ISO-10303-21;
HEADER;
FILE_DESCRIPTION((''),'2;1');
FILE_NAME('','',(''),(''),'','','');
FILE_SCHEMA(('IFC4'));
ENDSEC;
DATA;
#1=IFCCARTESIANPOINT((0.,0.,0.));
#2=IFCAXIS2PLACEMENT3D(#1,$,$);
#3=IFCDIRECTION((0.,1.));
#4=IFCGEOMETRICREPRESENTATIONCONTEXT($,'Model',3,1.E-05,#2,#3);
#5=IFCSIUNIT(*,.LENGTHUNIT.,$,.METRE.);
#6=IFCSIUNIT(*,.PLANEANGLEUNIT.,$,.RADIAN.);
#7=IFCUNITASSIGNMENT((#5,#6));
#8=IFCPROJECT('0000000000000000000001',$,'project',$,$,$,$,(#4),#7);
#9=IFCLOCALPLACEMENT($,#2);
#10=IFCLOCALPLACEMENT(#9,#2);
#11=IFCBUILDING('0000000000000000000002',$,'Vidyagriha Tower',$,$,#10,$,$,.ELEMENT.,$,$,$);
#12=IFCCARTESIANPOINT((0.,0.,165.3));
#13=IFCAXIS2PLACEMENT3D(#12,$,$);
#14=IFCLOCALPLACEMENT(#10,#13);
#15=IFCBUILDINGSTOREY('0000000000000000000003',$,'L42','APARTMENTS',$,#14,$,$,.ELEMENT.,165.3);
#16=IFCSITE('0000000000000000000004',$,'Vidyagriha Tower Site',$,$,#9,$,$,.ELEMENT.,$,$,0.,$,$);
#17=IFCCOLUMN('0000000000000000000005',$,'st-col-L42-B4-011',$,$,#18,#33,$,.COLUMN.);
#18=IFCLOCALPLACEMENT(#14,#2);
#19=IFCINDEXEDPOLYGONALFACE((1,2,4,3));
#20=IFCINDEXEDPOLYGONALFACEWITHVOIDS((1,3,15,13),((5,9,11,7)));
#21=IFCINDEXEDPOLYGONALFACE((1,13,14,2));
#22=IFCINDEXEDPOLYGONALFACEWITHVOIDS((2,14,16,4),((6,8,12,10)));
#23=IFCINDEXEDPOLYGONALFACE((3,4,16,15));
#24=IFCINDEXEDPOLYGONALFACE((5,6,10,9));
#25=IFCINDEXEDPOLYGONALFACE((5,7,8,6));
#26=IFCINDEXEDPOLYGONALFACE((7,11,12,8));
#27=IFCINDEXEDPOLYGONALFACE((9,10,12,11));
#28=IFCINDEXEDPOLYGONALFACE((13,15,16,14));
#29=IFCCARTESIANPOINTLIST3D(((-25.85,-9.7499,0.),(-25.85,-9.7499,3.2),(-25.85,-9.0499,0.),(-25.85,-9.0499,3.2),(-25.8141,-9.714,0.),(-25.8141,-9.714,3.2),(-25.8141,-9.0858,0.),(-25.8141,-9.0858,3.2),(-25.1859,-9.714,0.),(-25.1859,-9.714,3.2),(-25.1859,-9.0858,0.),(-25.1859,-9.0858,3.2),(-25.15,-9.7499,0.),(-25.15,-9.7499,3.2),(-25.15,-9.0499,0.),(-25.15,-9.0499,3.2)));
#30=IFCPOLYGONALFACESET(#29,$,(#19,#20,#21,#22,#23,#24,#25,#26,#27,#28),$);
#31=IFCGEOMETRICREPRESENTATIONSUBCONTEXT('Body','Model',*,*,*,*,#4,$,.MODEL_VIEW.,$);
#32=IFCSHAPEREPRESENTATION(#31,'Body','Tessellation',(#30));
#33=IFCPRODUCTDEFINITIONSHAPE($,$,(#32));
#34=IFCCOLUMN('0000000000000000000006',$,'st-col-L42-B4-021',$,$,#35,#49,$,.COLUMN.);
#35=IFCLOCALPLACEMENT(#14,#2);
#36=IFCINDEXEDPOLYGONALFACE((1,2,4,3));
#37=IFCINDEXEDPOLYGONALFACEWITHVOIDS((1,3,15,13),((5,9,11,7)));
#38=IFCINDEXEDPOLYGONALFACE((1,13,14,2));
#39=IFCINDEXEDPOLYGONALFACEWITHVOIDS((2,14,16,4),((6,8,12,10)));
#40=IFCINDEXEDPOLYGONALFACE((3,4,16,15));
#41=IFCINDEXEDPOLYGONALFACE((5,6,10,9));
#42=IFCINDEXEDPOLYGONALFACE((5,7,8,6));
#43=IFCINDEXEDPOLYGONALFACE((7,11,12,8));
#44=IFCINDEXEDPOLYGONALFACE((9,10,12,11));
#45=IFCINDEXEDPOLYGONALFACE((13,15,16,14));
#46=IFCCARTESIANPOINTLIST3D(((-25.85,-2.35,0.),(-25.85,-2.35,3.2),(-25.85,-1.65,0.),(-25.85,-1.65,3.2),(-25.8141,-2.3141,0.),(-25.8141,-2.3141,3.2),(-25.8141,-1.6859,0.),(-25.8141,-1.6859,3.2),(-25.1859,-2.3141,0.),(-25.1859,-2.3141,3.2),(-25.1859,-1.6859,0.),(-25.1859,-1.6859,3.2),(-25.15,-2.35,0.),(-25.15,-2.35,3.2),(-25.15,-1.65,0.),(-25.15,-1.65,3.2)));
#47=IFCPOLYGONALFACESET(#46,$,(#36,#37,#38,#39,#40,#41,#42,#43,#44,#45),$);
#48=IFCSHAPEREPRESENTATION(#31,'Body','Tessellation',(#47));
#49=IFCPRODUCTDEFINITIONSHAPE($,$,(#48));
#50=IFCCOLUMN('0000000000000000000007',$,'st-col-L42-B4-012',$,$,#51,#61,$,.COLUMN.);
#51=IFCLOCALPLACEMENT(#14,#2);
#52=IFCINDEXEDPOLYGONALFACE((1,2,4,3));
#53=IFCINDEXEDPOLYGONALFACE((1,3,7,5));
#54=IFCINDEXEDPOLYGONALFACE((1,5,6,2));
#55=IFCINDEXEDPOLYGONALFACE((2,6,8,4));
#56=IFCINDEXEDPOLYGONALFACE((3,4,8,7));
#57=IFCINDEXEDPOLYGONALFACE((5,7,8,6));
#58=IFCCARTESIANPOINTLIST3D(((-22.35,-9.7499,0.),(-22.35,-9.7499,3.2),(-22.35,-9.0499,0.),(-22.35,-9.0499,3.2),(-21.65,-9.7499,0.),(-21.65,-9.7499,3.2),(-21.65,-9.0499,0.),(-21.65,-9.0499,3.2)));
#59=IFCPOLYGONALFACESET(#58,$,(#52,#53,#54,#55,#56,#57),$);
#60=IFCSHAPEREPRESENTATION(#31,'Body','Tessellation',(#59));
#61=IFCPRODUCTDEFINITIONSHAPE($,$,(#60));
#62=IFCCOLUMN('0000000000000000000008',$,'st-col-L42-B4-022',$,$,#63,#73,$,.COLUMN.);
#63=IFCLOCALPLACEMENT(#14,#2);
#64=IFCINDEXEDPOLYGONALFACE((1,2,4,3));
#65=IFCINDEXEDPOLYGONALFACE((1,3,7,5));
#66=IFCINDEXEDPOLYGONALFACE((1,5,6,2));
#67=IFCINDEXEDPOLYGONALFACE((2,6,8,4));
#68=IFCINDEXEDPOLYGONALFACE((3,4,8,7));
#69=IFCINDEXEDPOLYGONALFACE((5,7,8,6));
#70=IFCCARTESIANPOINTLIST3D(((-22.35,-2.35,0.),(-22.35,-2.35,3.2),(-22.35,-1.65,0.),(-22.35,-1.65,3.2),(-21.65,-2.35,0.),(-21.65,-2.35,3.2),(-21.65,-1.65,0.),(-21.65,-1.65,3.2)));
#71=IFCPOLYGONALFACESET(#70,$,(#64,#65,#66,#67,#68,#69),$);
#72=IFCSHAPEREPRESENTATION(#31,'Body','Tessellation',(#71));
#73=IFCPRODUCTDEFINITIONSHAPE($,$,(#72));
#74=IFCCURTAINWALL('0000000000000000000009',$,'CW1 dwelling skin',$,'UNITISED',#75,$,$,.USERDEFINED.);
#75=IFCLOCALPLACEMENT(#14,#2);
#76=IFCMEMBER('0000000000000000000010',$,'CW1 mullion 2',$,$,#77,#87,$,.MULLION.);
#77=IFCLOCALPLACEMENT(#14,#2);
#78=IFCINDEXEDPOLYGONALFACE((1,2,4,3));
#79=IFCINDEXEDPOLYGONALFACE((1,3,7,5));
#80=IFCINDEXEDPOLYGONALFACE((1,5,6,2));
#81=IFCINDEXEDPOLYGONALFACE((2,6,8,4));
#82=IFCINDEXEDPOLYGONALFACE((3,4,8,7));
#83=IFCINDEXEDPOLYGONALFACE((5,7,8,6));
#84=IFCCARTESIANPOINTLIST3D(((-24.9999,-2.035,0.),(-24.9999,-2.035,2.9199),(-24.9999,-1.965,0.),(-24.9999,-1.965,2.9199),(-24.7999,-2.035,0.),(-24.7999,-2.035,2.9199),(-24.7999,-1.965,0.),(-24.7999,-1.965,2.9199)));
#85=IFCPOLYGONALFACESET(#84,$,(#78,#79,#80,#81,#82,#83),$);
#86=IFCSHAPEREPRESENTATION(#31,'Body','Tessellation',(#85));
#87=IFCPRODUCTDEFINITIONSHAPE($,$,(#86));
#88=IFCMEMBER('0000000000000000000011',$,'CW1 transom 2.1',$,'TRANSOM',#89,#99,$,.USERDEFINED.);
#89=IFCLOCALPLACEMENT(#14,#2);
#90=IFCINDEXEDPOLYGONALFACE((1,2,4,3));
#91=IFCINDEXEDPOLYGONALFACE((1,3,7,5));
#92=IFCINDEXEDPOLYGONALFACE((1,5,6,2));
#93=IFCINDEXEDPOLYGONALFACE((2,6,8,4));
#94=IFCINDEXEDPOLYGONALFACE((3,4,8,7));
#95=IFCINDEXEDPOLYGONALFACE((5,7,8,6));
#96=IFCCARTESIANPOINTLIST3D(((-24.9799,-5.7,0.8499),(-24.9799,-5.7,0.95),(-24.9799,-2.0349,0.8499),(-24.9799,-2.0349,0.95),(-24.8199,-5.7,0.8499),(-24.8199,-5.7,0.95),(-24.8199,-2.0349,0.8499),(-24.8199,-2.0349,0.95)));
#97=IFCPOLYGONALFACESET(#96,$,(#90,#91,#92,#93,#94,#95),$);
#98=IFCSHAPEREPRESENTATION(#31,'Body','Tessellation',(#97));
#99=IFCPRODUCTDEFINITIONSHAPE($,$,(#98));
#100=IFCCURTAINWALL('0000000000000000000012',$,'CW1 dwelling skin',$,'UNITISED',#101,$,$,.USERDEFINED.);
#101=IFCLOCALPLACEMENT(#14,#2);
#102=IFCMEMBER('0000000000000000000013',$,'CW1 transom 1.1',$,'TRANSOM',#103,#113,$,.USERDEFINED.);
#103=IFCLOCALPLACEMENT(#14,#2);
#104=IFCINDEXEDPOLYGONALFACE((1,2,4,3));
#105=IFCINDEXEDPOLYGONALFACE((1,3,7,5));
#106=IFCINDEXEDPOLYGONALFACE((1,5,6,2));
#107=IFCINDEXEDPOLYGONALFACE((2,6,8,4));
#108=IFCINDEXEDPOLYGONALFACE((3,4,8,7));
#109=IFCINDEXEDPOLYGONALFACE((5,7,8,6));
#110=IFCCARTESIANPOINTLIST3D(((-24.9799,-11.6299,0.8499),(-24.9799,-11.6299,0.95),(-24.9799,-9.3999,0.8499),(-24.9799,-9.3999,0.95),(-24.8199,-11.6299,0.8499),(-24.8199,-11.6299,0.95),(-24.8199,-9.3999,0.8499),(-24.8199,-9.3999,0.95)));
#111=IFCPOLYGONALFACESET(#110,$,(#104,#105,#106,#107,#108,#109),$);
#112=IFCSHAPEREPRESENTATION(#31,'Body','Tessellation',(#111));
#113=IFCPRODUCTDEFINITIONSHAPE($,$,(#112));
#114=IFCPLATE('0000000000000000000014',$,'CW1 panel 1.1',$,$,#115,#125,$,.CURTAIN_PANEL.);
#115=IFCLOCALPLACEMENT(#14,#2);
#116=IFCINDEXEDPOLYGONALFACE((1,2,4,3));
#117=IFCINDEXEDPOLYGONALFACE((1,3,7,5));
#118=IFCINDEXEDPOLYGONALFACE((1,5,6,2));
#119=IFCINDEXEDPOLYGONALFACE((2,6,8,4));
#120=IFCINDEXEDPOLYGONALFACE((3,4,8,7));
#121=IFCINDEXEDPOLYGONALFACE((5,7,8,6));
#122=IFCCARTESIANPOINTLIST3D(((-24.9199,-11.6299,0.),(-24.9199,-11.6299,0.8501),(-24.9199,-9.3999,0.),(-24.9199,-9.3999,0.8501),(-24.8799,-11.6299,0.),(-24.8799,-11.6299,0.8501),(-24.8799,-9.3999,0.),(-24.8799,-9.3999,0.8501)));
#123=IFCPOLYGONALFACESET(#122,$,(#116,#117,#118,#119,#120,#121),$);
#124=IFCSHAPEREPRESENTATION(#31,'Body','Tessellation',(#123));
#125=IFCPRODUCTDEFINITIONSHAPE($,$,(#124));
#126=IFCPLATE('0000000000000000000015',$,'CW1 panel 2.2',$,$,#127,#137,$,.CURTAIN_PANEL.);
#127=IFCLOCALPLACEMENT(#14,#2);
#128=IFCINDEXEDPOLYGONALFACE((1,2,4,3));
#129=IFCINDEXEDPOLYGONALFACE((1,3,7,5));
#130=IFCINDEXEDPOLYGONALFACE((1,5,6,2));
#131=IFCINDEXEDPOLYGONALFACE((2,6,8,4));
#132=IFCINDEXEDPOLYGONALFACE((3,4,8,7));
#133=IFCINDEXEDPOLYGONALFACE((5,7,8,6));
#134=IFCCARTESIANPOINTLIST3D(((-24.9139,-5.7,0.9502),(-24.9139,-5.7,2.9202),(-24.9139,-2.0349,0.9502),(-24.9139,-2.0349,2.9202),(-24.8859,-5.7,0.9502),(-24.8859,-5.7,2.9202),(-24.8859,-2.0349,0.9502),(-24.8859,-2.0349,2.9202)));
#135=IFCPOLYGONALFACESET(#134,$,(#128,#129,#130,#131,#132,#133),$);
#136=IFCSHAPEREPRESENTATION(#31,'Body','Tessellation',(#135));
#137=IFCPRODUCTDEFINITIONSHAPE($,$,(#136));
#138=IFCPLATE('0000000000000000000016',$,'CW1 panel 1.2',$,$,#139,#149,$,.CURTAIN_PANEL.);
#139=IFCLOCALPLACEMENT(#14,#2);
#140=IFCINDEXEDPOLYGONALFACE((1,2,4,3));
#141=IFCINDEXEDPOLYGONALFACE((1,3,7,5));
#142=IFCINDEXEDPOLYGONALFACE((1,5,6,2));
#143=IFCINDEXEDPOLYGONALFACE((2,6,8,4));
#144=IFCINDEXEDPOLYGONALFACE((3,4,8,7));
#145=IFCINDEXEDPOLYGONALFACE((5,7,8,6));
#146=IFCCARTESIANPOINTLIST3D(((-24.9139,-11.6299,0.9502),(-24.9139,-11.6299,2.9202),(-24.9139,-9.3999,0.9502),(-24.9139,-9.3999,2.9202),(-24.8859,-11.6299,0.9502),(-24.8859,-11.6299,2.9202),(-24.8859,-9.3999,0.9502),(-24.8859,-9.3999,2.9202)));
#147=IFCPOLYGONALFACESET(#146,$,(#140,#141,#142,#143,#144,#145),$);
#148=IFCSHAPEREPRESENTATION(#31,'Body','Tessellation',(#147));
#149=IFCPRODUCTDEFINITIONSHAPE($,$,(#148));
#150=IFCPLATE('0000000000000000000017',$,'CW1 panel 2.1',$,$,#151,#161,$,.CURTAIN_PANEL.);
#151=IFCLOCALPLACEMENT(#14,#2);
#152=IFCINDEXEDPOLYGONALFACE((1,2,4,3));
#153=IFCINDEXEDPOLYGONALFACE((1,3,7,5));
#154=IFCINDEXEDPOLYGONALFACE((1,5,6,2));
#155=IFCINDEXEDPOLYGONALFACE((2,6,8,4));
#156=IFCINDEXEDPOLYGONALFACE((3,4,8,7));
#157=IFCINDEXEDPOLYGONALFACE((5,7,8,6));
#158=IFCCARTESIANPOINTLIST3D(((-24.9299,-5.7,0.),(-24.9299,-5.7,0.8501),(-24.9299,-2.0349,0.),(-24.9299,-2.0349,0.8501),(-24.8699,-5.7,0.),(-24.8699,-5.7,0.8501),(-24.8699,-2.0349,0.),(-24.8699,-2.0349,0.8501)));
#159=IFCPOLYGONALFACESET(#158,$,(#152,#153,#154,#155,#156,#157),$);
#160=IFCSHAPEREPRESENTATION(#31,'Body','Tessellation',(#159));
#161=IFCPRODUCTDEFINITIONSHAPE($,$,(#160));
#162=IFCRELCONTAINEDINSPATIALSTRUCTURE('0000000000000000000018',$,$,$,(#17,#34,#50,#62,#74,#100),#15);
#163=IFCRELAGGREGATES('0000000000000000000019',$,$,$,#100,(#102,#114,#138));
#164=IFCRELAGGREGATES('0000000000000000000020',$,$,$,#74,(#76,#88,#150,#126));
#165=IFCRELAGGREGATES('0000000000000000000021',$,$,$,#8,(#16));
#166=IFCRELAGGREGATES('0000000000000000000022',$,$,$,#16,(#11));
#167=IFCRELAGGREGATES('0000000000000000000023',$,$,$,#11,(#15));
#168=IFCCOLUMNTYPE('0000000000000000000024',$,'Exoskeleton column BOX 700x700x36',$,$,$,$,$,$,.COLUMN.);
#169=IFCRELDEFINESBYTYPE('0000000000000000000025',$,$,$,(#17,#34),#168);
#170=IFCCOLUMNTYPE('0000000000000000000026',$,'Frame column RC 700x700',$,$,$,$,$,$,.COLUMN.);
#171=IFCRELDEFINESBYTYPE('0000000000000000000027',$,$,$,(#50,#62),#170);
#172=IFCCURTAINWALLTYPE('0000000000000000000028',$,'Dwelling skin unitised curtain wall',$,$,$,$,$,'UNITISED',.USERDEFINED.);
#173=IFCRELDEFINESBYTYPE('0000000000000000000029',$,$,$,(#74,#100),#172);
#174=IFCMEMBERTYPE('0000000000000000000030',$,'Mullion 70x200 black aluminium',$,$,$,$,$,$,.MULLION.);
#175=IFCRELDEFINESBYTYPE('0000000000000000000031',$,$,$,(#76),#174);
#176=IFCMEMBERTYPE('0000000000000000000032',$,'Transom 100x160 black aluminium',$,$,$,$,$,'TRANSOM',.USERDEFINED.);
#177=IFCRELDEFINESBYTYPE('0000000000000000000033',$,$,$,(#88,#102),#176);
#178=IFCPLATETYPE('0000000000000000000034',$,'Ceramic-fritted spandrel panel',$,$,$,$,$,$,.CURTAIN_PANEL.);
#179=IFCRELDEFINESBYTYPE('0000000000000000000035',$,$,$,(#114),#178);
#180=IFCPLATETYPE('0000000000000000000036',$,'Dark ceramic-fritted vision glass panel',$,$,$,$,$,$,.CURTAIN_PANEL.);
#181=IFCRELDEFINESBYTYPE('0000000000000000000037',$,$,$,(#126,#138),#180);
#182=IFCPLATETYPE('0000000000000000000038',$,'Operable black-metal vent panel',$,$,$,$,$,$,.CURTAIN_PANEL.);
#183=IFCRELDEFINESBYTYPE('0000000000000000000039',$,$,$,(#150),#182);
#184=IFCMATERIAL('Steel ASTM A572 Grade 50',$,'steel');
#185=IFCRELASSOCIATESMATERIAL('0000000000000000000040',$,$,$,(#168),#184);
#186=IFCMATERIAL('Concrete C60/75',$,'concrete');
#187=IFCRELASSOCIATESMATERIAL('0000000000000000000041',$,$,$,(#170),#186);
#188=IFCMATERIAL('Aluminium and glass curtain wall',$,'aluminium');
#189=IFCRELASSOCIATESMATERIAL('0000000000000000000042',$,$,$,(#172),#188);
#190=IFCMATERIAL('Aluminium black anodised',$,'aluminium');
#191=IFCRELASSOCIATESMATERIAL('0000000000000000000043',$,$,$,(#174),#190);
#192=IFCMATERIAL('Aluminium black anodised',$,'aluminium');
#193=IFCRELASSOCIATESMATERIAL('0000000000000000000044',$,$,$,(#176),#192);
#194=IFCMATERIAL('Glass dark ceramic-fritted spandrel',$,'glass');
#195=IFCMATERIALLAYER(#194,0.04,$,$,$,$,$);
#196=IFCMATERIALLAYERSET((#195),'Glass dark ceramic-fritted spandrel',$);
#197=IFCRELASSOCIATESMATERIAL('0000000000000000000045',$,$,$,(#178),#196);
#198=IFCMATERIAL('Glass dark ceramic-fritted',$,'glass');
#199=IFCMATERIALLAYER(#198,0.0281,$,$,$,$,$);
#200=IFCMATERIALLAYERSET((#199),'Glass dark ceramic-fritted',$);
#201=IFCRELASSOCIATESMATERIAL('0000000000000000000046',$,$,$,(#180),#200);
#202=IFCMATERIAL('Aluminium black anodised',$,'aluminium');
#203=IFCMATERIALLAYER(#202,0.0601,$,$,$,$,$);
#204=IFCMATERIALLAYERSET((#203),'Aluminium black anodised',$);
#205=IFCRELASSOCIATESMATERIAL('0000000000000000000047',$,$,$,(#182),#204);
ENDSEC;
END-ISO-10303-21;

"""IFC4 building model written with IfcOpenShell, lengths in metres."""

from ifc_helpers import new_model, si_unit, direction, frame, origin, origin_2d, place, context, subcontext, project, spatial, rectangle, hollow_rectangle, extrude, material, layer, layer_set, material_profile, profile_set, type_object, element, aggregate, save


model = new_model("IFC4")

# Units and contexts
model_context = context("Model", 3, precision=1e-05, world=origin(), true_north=direction((0.0, 1.0)))
body_context = subcontext(model_context, "Body", "Model", "MODEL_VIEW")
ifc_project = project(units=[si_unit("LENGTHUNIT", "METRE"), si_unit("PLANEANGLEUNIT", "RADIAN")], contexts=[model_context])

# Site, building, storey
site_placement = place(None, origin())
site = spatial("IfcSite", under=ifc_project, at=site_placement, Name="Vidyagriha Tower Site", CompositionType="ELEMENT", RefElevation=0.0)
building_placement = place(site_placement, origin())
building = spatial("IfcBuilding", under=site, at=building_placement, Name="Vidyagriha Tower", CompositionType="ELEMENT")
storey_placement = place(building_placement, frame((0.0, 0.0, 165.3)))
storey = spatial("IfcBuildingStorey", under=building, at=storey_placement, Name="L42", Description="APARTMENTS", CompositionType="ELEMENT", Elevation=165.3)

# Columns
ifc_material_1 = material(Name="Steel ASTM A572 Grade 50", Category="steel")
ifc_material_profile_1 = material_profile(ifc_material_1, hollow_rectangle(XDim=0.7, YDim=0.7, WallThickness=0.0359, at=origin_2d()), Name="BOX 700x700x36")
ifc_profile_set_1 = profile_set([ifc_material_profile_1], Name="Steel ASTM A572 Grade 50")
column_type_1 = type_object("IfcColumnType", Name="Exoskeleton column BOX 700x700x36", PredefinedType="COLUMN", material=ifc_profile_set_1)
for number, where, name in (
    (1, (-25.5, -9.3999, 0.0), "st-col-L42-B4-011"),
    (2, (-25.5, -2.0, 0.0), "st-col-L42-B4-021"),
):
    element("IfcColumn", number, at=place(storey_placement, frame(where)), inside=storey, type_object=column_type_1, Name=name, PredefinedType="COLUMN", context=body_context, shape_type="SweptSolid", body=[
        extrude(hollow_rectangle(XDim=0.7, YDim=0.7, WallThickness=0.0359, at=origin_2d()), origin(), (0.0, 0.0, 1.0), 3.2),
    ])
ifc_material_2 = material(Name="Concrete C60/75", Category="concrete")
ifc_material_profile_2 = material_profile(ifc_material_2, rectangle(XDim=0.7, YDim=0.7, at=origin_2d()), Name="RC 700x700")
ifc_profile_set_2 = profile_set([ifc_material_profile_2], Name="Concrete C60/75")
column_type_2 = type_object("IfcColumnType", Name="Frame column RC 700x700", PredefinedType="COLUMN", material=ifc_profile_set_2)
for number, where, name in (
    (3, (-22.0, -9.3999, 0.0), "st-col-L42-B4-012"),
    (4, (-22.0, -2.0, 0.0), "st-col-L42-B4-022"),
):
    element("IfcColumn", number, at=place(storey_placement, frame(where)), inside=storey, type_object=column_type_2, Name=name, PredefinedType="COLUMN", context=body_context, shape_type="SweptSolid", body=[
        extrude(rectangle(XDim=0.7, YDim=0.7, at=origin_2d()), origin(), (0.0, 0.0, 1.0), 3.2),
    ])

# Curtain wall, members
ifc_material_3 = material(Name="Aluminium and glass curtain wall", Category="aluminium")
curtain_wall_type = type_object("IfcCurtainWallType", Name="Dwelling skin unitised curtain wall", ElementType="UNITISED", PredefinedType="USERDEFINED", material=ifc_material_3)
curtain_wall_1_placement = place(storey_placement, origin())
curtain_wall_1 = element("IfcCurtainWall", 5, at=curtain_wall_1_placement, inside=storey, type_object=curtain_wall_type, Name="CW1 dwelling skin", ObjectType="UNITISED", PredefinedType="USERDEFINED")
ifc_material_4 = material(Name="Aluminium black anodised", Category="aluminium")
ifc_material_profile_3 = material_profile(ifc_material_4, rectangle(XDim=0.2, YDim=0.0701, at=origin_2d()), Name="Mullion 70x200 black aluminium")
ifc_profile_set_3 = profile_set([ifc_material_profile_3], Name="Aluminium black anodised")
member_type_1 = type_object("IfcMemberType", Name="Mullion 70x200 black aluminium", PredefinedType="MULLION", material=ifc_profile_set_3)
member_1_placement = place(storey_placement, frame((-24.8999, -2.0, 0.0)))
member_1 = element("IfcMember", 6, at=member_1_placement, type_object=member_type_1, Name="CW1 mullion 2", PredefinedType="MULLION", context=body_context, shape_type="SweptSolid", body=[
    extrude(rectangle(XDim=0.2, YDim=0.0701, at=origin_2d()), origin(), (0.0, 0.0, 1.0), 2.9199),
])
ifc_material_5 = material(Name="Aluminium black anodised", Category="aluminium")
ifc_material_profile_4 = material_profile(ifc_material_5, rectangle(XDim=0.1599, YDim=0.1001, at=origin_2d()), Name="Transom 100x160 black aluminium")
ifc_profile_set_4 = profile_set([ifc_material_profile_4], Name="Aluminium black anodised")
member_type_2 = type_object("IfcMemberType", Name="Transom 100x160 black aluminium", ElementType="TRANSOM", PredefinedType="USERDEFINED", material=ifc_profile_set_4)
member_2_placement = place(storey_placement, frame((-24.8999, -2.0349, 0.8999), z_axis=(0.0, -1.0, 0.0), x_axis=(1.0, 0.0, 0.0)))
member_2 = element("IfcMember", 7, at=member_2_placement, type_object=member_type_2, Name="CW1 transom 2.1", ObjectType="TRANSOM", PredefinedType="USERDEFINED", context=body_context, shape_type="SweptSolid", body=[
    extrude(rectangle(XDim=0.1599, YDim=0.1001, at=origin_2d()), origin(), (0.0, 0.0, 1.0), 3.665),
])

# Curtain wall, member, plate
curtain_wall_2_placement = place(storey_placement, origin())
curtain_wall_2 = element("IfcCurtainWall", 8, at=curtain_wall_2_placement, inside=storey, type_object=curtain_wall_type, Name="CW1 dwelling skin", ObjectType="UNITISED", PredefinedType="USERDEFINED")
member_3_placement = place(storey_placement, frame((-24.8999, -9.3999, 0.8999), z_axis=(0.0, -1.0, 0.0), x_axis=(1.0, 0.0, 0.0)))
member_3 = element("IfcMember", 9, at=member_3_placement, type_object=member_type_2, Name="CW1 transom 1.1", ObjectType="TRANSOM", PredefinedType="USERDEFINED", context=body_context, shape_type="SweptSolid", body=[
    extrude(rectangle(XDim=0.1599, YDim=0.1001, at=origin_2d()), origin(), (0.0, 0.0, 1.0), 2.23),
])
ifc_material_6 = material(Name="Glass dark ceramic-fritted spandrel", Category="glass")
ifc_layer_1 = layer(ifc_material_6, 0.04)
ifc_layer_set_1 = layer_set([ifc_layer_1], Name="Glass dark ceramic-fritted spandrel")
plate_type_1 = type_object("IfcPlateType", Name="Ceramic-fritted spandrel panel", PredefinedType="CURTAIN_PANEL", material=ifc_layer_set_1)
plate_1_placement = place(storey_placement, frame((-24.8999, -10.5149, 0.0), z_axis=(0.0, 0.0, 1.0), x_axis=(0.0, -1.0, 0.0)))
plate_1 = element("IfcPlate", 10, at=plate_1_placement, type_object=plate_type_1, Name="CW1 panel 1.1", PredefinedType="CURTAIN_PANEL", context=body_context, shape_type="SweptSolid", body=[
    extrude(rectangle(XDim=2.23, YDim=0.04, at=origin_2d()), origin(), (0.0, 0.0, 1.0), 0.8501),
])

# Plates
ifc_material_7 = material(Name="Glass dark ceramic-fritted", Category="glass")
ifc_layer_2 = layer(ifc_material_7, 0.0281)
ifc_layer_set_2 = layer_set([ifc_layer_2], Name="Glass dark ceramic-fritted")
plate_type_2 = type_object("IfcPlateType", Name="Dark ceramic-fritted vision glass panel", PredefinedType="CURTAIN_PANEL", material=ifc_layer_set_2)
plate_2_placement = place(storey_placement, frame((-24.8999, -3.8674, 0.9502), z_axis=(0.0, 0.0, 1.0), x_axis=(0.0, -1.0, 0.0)))
plate_2 = element("IfcPlate", 11, at=plate_2_placement, type_object=plate_type_2, Name="CW1 panel 2.2", PredefinedType="CURTAIN_PANEL", context=body_context, shape_type="SweptSolid", body=[
    extrude(rectangle(XDim=3.665, YDim=0.0281, at=origin_2d()), origin(), (0.0, 0.0, 1.0), 1.97),
])
plate_3_placement = place(storey_placement, frame((-24.8999, -10.5149, 0.9502), z_axis=(0.0, 0.0, 1.0), x_axis=(0.0, -1.0, 0.0)))
plate_3 = element("IfcPlate", 12, at=plate_3_placement, type_object=plate_type_2, Name="CW1 panel 1.2", PredefinedType="CURTAIN_PANEL", context=body_context, shape_type="SweptSolid", body=[
    extrude(rectangle(XDim=2.23, YDim=0.0281, at=origin_2d()), origin(), (0.0, 0.0, 1.0), 1.97),
])
aggregate(curtain_wall_2, [member_3, plate_1, plate_3])
ifc_material_8 = material(Name="Aluminium black anodised", Category="aluminium")
ifc_layer_3 = layer(ifc_material_8, 0.0601)
ifc_layer_set_3 = layer_set([ifc_layer_3], Name="Aluminium black anodised")
plate_type_3 = type_object("IfcPlateType", Name="Operable black-metal vent panel", PredefinedType="CURTAIN_PANEL", material=ifc_layer_set_3)
plate_4_placement = place(storey_placement, frame((-24.8999, -3.8674, 0.0), z_axis=(0.0, 0.0, 1.0), x_axis=(0.0, -1.0, 0.0)))
plate_4 = element("IfcPlate", 13, at=plate_4_placement, type_object=plate_type_3, Name="CW1 panel 2.1", PredefinedType="CURTAIN_PANEL", context=body_context, shape_type="SweptSolid", body=[
    extrude(rectangle(XDim=3.665, YDim=0.0601, at=origin_2d()), origin(), (0.0, 0.0, 1.0), 0.8501),
])
aggregate(curtain_wall_1, [member_1, member_2, plate_4, plate_2])

save(model, "model.ifc")
